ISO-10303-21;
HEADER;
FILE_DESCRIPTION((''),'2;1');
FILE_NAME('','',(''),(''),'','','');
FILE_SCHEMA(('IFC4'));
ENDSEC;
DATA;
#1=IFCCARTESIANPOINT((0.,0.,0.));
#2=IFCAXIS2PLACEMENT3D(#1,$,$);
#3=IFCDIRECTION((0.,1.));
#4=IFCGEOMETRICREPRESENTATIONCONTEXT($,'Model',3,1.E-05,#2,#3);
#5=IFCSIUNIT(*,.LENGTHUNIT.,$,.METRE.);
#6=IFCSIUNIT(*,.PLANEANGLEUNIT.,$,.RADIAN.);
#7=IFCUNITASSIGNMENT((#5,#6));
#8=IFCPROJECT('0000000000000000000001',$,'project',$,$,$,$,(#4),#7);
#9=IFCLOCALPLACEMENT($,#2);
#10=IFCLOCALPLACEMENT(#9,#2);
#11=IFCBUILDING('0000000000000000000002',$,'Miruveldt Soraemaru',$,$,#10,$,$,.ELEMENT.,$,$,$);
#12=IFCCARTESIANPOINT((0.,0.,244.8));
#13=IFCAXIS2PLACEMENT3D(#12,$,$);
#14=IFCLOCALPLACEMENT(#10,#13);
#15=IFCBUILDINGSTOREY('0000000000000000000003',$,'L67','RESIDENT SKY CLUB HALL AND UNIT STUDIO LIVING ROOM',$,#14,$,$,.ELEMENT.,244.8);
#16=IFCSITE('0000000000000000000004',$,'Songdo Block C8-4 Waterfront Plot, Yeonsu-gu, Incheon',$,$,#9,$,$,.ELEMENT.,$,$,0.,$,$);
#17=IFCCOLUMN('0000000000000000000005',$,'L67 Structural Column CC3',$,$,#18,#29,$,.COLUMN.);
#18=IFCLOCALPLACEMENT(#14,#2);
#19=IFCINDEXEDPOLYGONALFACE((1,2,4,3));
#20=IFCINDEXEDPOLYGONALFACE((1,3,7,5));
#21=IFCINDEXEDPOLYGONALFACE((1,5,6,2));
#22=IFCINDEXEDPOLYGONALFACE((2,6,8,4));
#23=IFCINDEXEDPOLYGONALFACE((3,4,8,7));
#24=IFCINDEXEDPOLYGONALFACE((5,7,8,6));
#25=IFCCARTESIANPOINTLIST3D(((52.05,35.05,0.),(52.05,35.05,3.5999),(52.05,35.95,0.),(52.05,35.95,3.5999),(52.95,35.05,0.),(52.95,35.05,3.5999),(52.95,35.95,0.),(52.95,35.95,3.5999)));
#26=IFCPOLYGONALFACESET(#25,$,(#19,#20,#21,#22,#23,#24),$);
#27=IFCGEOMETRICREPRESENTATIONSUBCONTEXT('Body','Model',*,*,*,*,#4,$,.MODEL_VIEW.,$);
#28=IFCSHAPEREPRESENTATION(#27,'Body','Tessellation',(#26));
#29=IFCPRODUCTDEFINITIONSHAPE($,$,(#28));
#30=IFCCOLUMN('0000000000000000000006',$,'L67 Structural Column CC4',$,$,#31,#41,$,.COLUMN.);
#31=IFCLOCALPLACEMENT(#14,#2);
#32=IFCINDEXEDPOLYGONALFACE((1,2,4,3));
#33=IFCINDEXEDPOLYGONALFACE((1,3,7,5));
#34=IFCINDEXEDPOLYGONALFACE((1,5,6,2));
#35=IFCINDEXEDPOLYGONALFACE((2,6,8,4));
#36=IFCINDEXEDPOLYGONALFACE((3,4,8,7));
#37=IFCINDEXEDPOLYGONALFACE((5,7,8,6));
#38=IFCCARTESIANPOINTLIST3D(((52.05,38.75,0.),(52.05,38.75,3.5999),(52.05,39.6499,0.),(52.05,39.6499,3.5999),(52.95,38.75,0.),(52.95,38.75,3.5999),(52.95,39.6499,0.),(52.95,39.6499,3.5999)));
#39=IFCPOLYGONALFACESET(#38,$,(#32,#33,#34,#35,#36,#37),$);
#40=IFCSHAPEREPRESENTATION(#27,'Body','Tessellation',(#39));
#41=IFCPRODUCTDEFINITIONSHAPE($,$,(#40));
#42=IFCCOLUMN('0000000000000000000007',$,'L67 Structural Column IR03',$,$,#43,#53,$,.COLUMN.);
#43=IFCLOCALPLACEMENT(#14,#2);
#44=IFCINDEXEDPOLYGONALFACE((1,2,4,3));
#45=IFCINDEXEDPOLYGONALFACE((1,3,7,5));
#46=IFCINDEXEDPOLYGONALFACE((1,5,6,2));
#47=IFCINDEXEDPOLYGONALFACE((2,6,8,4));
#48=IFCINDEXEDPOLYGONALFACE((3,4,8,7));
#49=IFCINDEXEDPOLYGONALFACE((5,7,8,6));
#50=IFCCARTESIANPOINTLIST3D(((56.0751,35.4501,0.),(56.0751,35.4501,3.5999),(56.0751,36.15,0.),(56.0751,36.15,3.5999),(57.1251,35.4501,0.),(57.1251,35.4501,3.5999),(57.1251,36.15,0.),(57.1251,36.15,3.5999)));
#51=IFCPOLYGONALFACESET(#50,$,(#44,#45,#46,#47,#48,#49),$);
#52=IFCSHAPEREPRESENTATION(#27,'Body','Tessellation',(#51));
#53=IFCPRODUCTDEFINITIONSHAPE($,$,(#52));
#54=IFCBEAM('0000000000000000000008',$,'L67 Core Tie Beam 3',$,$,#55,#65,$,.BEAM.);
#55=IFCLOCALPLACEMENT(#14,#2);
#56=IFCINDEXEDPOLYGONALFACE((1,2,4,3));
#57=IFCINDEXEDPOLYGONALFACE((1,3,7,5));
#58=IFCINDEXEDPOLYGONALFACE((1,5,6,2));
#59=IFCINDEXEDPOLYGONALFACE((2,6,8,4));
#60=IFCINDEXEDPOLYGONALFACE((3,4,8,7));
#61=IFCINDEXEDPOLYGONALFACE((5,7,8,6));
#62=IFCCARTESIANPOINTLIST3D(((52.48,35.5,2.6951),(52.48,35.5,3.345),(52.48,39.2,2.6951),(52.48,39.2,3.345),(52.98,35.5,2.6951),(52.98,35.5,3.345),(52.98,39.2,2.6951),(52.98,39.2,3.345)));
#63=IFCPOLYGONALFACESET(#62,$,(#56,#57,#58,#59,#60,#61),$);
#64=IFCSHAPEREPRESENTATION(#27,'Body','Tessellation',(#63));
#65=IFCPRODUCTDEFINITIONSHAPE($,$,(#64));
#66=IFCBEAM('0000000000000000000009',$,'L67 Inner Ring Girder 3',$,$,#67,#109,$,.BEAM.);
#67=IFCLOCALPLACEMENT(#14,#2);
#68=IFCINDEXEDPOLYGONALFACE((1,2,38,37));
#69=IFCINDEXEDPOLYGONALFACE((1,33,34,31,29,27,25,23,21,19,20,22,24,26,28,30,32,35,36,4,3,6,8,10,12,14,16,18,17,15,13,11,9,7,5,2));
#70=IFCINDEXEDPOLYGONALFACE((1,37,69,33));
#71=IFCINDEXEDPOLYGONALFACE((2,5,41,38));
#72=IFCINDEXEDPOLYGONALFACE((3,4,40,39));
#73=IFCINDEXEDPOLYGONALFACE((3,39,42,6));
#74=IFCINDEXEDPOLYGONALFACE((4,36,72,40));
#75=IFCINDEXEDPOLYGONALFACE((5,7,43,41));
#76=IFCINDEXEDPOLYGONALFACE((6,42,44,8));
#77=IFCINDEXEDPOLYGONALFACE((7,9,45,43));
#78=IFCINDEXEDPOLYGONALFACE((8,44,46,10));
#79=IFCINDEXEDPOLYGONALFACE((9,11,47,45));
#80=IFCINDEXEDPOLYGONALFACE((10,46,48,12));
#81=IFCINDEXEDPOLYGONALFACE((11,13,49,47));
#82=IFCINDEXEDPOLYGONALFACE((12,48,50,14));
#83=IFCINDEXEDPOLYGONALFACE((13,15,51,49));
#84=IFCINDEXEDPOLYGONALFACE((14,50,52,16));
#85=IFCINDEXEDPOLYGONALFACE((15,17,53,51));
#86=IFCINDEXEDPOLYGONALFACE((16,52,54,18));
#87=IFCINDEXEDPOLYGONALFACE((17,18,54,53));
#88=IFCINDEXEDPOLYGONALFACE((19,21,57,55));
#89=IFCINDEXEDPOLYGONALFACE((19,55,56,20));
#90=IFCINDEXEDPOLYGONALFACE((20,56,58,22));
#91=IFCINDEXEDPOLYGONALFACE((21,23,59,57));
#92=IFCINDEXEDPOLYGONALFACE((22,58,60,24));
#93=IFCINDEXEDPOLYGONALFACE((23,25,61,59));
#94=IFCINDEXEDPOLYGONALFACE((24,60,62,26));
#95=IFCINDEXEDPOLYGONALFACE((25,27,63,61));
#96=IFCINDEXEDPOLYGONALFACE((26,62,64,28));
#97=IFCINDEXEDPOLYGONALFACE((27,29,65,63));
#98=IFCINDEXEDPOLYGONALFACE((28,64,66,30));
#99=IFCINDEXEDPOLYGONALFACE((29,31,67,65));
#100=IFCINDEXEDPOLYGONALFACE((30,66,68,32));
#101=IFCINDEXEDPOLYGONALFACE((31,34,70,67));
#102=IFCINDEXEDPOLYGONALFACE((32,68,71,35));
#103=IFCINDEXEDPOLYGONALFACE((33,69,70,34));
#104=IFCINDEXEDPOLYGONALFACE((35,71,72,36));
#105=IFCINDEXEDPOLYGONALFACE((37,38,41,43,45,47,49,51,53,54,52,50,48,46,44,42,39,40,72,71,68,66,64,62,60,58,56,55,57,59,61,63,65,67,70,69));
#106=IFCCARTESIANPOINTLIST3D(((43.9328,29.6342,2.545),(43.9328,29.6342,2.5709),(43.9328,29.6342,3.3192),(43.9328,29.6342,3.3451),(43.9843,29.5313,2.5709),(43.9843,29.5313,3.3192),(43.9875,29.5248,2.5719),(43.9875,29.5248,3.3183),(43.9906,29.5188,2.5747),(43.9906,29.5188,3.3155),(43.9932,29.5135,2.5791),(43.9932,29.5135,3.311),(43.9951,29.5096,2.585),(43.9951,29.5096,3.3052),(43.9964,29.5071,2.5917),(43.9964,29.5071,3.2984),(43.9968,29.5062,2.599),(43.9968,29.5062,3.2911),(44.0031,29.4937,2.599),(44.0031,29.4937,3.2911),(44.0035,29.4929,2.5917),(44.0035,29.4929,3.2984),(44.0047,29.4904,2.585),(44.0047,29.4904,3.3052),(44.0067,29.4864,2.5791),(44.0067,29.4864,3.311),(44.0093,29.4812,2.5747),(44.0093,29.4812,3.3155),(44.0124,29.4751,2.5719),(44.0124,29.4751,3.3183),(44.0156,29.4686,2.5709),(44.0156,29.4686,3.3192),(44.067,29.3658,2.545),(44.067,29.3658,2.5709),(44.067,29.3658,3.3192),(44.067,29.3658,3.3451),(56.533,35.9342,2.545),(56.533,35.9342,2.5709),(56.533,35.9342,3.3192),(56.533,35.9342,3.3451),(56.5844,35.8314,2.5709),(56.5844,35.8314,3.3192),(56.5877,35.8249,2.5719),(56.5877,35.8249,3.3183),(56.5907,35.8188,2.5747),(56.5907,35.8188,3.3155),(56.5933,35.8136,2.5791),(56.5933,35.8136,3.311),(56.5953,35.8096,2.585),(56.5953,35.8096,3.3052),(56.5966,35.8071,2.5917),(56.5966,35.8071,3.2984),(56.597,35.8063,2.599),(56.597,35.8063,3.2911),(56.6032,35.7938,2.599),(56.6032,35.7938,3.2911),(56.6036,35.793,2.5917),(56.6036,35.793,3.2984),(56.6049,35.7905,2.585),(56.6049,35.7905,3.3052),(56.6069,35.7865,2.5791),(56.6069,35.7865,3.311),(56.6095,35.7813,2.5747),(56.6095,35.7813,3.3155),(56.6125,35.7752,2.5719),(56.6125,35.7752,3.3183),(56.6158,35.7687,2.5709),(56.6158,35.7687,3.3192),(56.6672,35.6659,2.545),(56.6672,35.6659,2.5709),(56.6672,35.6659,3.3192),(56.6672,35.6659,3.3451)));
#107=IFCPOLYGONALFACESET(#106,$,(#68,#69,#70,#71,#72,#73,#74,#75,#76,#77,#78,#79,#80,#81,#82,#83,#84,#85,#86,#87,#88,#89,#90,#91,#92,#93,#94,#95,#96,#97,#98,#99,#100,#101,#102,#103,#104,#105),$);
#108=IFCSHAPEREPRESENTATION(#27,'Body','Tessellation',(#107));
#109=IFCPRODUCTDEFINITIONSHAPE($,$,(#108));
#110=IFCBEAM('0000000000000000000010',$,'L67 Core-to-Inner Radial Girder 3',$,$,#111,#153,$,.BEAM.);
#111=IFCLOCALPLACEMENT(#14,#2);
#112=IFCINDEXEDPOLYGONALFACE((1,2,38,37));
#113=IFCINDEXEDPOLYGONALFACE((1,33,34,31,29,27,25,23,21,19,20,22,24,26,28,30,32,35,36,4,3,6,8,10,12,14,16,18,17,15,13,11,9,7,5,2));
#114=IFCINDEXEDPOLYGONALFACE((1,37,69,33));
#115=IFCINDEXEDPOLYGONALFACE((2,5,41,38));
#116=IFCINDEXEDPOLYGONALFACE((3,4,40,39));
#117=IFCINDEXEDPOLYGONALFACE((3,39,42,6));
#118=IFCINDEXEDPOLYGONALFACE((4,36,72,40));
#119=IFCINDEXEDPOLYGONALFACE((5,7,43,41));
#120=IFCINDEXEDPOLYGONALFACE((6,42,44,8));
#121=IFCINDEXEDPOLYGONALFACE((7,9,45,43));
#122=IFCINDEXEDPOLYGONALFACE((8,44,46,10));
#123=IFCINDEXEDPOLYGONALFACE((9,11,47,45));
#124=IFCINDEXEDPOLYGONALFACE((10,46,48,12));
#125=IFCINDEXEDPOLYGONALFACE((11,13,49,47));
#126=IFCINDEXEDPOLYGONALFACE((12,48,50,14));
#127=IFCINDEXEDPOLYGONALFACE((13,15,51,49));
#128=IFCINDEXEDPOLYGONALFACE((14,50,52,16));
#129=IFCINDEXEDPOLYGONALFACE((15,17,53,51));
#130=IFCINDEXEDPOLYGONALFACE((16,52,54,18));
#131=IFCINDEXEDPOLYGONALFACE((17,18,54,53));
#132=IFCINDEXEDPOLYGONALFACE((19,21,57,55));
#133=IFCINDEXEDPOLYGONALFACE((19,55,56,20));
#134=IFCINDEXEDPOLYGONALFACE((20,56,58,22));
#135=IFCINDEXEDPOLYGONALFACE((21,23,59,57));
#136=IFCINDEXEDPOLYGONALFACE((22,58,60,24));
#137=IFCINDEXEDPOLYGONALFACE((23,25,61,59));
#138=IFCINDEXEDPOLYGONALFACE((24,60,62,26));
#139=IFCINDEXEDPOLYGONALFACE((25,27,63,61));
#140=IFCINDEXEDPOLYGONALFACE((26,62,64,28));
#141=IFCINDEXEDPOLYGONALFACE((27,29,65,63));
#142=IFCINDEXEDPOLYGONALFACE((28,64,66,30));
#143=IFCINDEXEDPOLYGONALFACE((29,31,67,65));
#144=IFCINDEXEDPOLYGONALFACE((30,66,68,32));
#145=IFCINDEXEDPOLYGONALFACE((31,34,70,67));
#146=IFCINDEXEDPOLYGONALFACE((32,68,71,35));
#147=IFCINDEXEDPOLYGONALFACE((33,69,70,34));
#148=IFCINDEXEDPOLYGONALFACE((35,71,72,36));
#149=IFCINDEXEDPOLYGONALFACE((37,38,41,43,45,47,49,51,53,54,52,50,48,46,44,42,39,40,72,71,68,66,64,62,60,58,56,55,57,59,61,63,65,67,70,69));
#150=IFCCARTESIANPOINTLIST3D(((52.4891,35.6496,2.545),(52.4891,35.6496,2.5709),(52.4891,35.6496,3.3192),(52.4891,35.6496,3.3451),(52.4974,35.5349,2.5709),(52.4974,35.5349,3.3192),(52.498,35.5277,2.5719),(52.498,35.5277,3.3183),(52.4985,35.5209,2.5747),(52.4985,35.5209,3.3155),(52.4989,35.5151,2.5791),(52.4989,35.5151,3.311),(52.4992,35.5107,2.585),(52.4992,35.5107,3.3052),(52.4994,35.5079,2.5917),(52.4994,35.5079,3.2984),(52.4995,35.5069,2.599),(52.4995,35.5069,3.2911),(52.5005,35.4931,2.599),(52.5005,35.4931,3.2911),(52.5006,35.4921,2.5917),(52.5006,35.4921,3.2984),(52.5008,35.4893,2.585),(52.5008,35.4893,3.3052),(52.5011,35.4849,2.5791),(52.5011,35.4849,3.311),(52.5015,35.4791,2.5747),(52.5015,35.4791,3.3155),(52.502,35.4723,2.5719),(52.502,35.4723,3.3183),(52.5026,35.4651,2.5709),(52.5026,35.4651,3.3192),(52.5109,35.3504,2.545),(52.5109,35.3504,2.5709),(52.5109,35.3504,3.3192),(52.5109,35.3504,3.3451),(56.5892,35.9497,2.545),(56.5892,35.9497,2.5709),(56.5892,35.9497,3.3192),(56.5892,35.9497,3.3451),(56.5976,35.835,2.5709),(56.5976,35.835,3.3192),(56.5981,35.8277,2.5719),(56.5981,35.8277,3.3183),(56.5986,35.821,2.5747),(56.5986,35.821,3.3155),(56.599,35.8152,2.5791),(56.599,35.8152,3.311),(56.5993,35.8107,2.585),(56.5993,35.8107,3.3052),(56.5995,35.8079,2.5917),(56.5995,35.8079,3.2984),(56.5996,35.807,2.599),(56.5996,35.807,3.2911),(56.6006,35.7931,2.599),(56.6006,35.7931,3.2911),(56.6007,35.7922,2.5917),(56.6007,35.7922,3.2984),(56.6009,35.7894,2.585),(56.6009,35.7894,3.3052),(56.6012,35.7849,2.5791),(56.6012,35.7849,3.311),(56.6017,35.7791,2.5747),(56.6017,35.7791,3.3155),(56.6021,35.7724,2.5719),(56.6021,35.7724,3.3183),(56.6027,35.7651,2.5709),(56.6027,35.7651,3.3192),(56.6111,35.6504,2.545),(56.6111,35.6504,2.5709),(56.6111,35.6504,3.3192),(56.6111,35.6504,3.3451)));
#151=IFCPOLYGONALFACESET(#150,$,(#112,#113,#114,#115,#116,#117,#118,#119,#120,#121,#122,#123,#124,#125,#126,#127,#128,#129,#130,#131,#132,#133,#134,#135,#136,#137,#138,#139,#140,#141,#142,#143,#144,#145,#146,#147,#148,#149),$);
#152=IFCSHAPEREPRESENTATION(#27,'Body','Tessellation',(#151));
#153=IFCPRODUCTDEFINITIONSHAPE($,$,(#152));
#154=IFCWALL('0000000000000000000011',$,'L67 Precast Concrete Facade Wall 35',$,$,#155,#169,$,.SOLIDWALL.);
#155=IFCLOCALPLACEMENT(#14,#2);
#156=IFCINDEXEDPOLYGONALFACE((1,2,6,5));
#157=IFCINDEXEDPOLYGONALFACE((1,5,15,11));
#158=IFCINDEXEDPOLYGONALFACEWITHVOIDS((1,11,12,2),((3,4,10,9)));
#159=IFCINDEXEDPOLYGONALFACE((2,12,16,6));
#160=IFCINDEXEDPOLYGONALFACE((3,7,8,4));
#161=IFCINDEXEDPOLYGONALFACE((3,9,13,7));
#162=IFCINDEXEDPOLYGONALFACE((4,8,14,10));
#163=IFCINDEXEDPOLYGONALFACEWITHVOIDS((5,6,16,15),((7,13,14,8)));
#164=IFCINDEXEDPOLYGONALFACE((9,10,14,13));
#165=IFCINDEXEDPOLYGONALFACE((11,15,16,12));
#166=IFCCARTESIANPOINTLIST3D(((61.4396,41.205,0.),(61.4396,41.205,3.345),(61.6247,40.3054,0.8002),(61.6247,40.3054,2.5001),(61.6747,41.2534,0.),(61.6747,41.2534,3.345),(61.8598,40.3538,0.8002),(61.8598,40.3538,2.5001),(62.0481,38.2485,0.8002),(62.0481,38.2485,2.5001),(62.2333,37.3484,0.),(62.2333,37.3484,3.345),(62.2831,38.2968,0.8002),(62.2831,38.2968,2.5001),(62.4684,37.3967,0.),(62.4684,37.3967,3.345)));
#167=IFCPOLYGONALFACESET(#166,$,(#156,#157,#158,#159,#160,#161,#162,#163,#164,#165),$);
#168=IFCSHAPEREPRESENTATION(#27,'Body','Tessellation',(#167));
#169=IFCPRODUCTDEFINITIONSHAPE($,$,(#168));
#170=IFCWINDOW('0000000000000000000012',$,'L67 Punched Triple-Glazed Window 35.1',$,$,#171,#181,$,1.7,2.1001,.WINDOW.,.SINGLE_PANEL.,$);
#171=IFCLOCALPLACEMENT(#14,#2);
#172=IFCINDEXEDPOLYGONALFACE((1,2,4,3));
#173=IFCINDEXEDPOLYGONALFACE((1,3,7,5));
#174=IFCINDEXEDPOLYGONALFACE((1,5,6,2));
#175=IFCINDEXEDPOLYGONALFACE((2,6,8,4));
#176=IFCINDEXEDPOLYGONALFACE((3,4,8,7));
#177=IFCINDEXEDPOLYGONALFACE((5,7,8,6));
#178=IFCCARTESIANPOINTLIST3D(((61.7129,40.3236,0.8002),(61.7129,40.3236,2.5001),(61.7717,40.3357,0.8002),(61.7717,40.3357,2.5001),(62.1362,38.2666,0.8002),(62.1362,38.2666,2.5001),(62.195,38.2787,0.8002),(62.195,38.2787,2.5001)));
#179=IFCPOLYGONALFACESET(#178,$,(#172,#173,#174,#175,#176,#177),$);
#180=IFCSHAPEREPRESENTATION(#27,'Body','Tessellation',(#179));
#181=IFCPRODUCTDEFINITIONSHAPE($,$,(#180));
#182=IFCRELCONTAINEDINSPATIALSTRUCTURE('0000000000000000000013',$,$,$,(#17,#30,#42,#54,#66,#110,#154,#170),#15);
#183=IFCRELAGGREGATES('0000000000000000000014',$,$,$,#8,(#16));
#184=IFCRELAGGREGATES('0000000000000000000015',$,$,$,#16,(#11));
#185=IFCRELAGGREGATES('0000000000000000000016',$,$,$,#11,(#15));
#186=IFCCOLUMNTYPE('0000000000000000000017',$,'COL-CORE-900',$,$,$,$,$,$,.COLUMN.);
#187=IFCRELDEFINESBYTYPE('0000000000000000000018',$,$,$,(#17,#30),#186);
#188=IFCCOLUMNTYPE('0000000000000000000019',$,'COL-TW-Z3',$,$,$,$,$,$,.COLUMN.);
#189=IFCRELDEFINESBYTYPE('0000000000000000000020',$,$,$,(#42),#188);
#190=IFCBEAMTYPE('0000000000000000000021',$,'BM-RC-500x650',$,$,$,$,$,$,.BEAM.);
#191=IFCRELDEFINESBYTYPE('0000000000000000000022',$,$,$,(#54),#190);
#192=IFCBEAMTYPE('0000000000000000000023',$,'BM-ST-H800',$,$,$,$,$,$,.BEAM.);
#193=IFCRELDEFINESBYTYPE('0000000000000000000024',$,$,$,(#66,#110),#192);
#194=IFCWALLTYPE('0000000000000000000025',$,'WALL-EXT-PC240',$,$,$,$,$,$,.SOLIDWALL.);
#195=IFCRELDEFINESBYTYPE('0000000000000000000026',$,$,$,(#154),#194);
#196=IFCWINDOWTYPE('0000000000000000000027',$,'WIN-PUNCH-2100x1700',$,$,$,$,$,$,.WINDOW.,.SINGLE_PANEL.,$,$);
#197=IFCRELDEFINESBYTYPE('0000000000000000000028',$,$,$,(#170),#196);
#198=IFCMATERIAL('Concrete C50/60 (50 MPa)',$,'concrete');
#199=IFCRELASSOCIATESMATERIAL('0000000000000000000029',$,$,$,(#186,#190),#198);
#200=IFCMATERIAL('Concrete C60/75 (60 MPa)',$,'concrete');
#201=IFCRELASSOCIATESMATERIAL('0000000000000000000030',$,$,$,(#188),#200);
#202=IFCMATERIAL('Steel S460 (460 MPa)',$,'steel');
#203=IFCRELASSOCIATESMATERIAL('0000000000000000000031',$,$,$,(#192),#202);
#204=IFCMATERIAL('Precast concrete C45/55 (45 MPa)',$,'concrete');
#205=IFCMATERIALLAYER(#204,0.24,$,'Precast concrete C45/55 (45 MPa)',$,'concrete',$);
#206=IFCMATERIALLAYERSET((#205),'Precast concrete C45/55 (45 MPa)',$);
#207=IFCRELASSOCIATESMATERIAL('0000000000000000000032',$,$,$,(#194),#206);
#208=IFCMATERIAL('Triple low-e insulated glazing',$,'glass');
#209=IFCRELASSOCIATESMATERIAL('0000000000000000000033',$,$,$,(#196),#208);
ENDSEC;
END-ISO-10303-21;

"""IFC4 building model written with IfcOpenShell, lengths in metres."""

from ifc_helpers import new_model, si_unit, direction, frame, frame_2d, origin, origin_2d, place, context, subcontext, project, spatial, rectangle, i_section, extrude, material, layer, layer_set, material_profile, profile_set, type_object, element, fill, save


model = new_model("IFC4")

# Units and contexts
model_context = context("Model", 3, precision=1e-05, world=origin(), true_north=direction((0.0, 1.0)))
body_context = subcontext(model_context, "Body", "Model", "MODEL_VIEW")
ifc_project = project(units=[si_unit("LENGTHUNIT", "METRE"), si_unit("PLANEANGLEUNIT", "RADIAN")], contexts=[model_context])

# Site, building, storey
site_placement = place(None, origin())
site = spatial("IfcSite", under=ifc_project, at=site_placement, Name="Songdo Block C8-4 Waterfront Plot, Yeonsu-gu, Incheon", CompositionType="ELEMENT", RefElevation=0.0)
building_placement = place(site_placement, origin())
building = spatial("IfcBuilding", under=site, at=building_placement, Name="Miruveldt Soraemaru", CompositionType="ELEMENT")
storey_placement = place(building_placement, frame((0.0, 0.0, 244.8)))
storey = spatial("IfcBuildingStorey", under=building, at=storey_placement, Name="L67", Description="RESIDENT SKY CLUB HALL AND UNIT STUDIO LIVING ROOM", CompositionType="ELEMENT", Elevation=244.8)

# Columns
ifc_material_1 = material(Name="Concrete C50/60 (50 MPa)", Category="concrete")
ifc_material_profile_1 = material_profile(ifc_material_1, rectangle(XDim=0.8999, YDim=0.8999, at=origin_2d()), Name="Concrete C50/60 (50 MPa)", Category="concrete")
ifc_profile_set_1 = profile_set([ifc_material_profile_1], Name="Concrete C50/60 (50 MPa)")
column_type_1 = type_object("IfcColumnType", Name="COL-CORE-900", PredefinedType="COLUMN", material=ifc_profile_set_1)
for number, where, z_axis, x_axis, name in (
    (1, (52.5, 35.5, 0.0), (0.0, 0.0, 1.0), (1.0, 0.0, 0.0), "L67 Structural Column CC3"),
    (2, (52.5, 39.2, 0.0), (0.0, 0.0, 1.0), (1.0, 0.0, 0.0), "L67 Structural Column CC4"),
):
    element("IfcColumn", number, at=place(storey_placement, frame(where, z_axis=z_axis, x_axis=x_axis)), inside=storey, type_object=column_type_1, Name=name, PredefinedType="COLUMN", context=body_context, shape_type="SweptSolid", body=[
        extrude(rectangle(XDim=0.8999, YDim=0.8999, at=origin_2d()), origin(), (0.0, 0.0, 1.0), 3.5999),
    ])
ifc_material_2 = material(Name="Concrete C60/75 (60 MPa)", Category="concrete")
ifc_material_profile_2 = material_profile(ifc_material_2, rectangle(XDim=1.05, YDim=0.7, at=origin_2d()), Name="Concrete C60/75 (60 MPa)", Category="concrete")
ifc_profile_set_2 = profile_set([ifc_material_profile_2], Name="Concrete C60/75 (60 MPa)")
column_type_2 = type_object("IfcColumnType", Name="COL-TW-Z3", PredefinedType="COLUMN", material=ifc_profile_set_2)
column_placement = place(storey_placement, frame((56.6001, 35.8, 0.0), z_axis=(0.0, 0.0, 1.0), x_axis=(1.0, 0.0, 0.0)))
element("IfcColumn", 3, at=column_placement, inside=storey, type_object=column_type_2, Name="L67 Structural Column IR03", PredefinedType="COLUMN", context=body_context, shape_type="SweptSolid", body=[
    extrude(rectangle(XDim=1.05, YDim=0.7, at=origin_2d()), origin(), (0.0, 0.0, 1.0), 3.5999),
])

# Beams
ifc_material_profile_3 = material_profile(ifc_material_1, rectangle(XDim=0.5, YDim=0.6499, at=origin_2d()), Name="Concrete C50/60 (50 MPa)", Category="concrete")
ifc_profile_set_3 = profile_set([ifc_material_profile_3], Name="Concrete C50/60 (50 MPa)")
beam_type_1 = type_object("IfcBeamType", Name="BM-RC-500x650", PredefinedType="BEAM", material=ifc_profile_set_3)
beam_1_placement = place(storey_placement, frame((52.73, 35.5, 3.02), z_axis=(0.0, 1.0, 0.0), x_axis=(-1.0, 0.0, 0.0)))
element("IfcBeam", 4, at=beam_1_placement, inside=storey, type_object=beam_type_1, Name="L67 Core Tie Beam 3", PredefinedType="BEAM", context=body_context, shape_type="SweptSolid", body=[
    extrude(rectangle(XDim=0.5, YDim=0.6499, at=origin_2d()), origin(), (0.0, 0.0, 1.0), 3.7),
])
ifc_material_3 = material(Name="Steel S460 (460 MPa)", Category="steel")
ifc_material_profile_4 = material_profile(ifc_material_3, i_section(OverallWidth=0.3, OverallDepth=0.8, WebThickness=0.0139, FlangeThickness=0.0259, FilletRadius=0.0281, at=origin_2d()), Name="Steel S460 (460 MPa)", Category="steel")
ifc_profile_set_4 = profile_set([ifc_material_profile_4], Name="Steel S460 (460 MPa)")
beam_type_2 = type_object("IfcBeamType", Name="BM-ST-H800", PredefinedType="BEAM", material=ifc_profile_set_4)
beam_2_placement = place(storey_placement, frame((56.6001, 35.8, 2.9451), z_axis=(-0.894427, -0.447214, 0.0), x_axis=(0.447214, -0.894427, 0.0)))
element("IfcBeam", 5, at=beam_2_placement, inside=storey, type_object=beam_type_2, Name="L67 Inner Ring Girder 3", PredefinedType="BEAM", context=body_context, shape_type="SweptSolid", body=[
    extrude(i_section(OverallWidth=0.3, OverallDepth=0.8, WebThickness=0.0139, FlangeThickness=0.0259, FilletRadius=0.0281, at=origin_2d()), origin(), (0.0, 0.0, 1.0), 14.0874),
])
beam_3_placement = place(storey_placement, frame((52.5, 35.5, 2.9451), z_axis=(0.997333, 0.072986, 0.0), x_axis=(-0.072986, 0.997333, 0.0)))
element("IfcBeam", 6, at=beam_3_placement, inside=storey, type_object=beam_type_2, Name="L67 Core-to-Inner Radial Girder 3", PredefinedType="BEAM", context=body_context, shape_type="SweptSolid", body=[
    extrude(i_section(OverallWidth=0.3, OverallDepth=0.8, WebThickness=0.0139, FlangeThickness=0.0259, FilletRadius=0.0281, at=origin_2d()), origin(), (0.0, 0.0, 1.0), 4.1111),
])

# Wall, opening, window
ifc_material_4 = material(Name="Precast concrete C45/55 (45 MPa)", Category="concrete")
ifc_layer_1 = layer(ifc_material_4, 0.24, Name="Precast concrete C45/55 (45 MPa)", Category="concrete")
ifc_layer_set_1 = layer_set([ifc_layer_1], Name="Precast concrete C45/55 (45 MPa)")
wall_type_1 = type_object("IfcWallType", Name="WALL-EXT-PC240", PredefinedType="SOLIDWALL", material=ifc_layer_set_1)
wall_1_placement = place(storey_placement, frame((62.3508, 37.3726, 0.0), z_axis=(0.0, 0.0, 1.0), x_axis=(-0.201574, 0.979473, 0.0)))
wall_1 = element("IfcWall", 7, at=wall_1_placement, inside=storey, type_object=wall_type_1, Name="L67 Precast Concrete Facade Wall 35", PredefinedType="SOLIDWALL", context=body_context, shape_type="SweptSolid", body=[
    extrude(rectangle(XDim=3.9375, YDim=0.24, at=frame_2d((1.9688, 0.0))), origin(), (0.0, 0.0, 1.0), 3.345),
])
opening_1_placement = place(wall_1_placement, frame((0.9189, 0.0, 0.8)))
opening_1 = element("IfcOpeningElement", 8, at=opening_1_placement, cuts=wall_1, PredefinedType="OPENING", context=body_context, shape_type="SweptSolid", body=[
    extrude(rectangle(XDim=2.1001, YDim=1.7, at=frame_2d((1.05, 0.8501))), frame((0.0, 0.1299, 0.0), z_axis=(0.0, -1.0, 0.0), x_axis=(1.0, 0.0, 0.0)), (0.0, 0.0, 1.0), 0.26),
])
ifc_material_5 = material(Name="Triple low-e insulated glazing", Category="glass")
window_type = type_object("IfcWindowType", Name="WIN-PUNCH-2100x1700", PartitioningType="SINGLE_PANEL", PredefinedType="WINDOW", material=ifc_material_5)
window_placement = place(opening_1_placement, origin())
window = element("IfcWindow", 9, at=window_placement, inside=storey, type_object=window_type, Name="L67 Punched Triple-Glazed Window 35.1", OverallHeight=1.7, OverallWidth=2.1001, PartitioningType="SINGLE_PANEL", PredefinedType="WINDOW", context=body_context, shape_type="SweptSolid", body=[
    extrude(rectangle(XDim=2.1001, YDim=1.7, at=frame_2d((1.05, 0.8501))), frame((0.0, 0.03, 0.0), z_axis=(0.0, -1.0, 0.0), x_axis=(1.0, 0.0, 0.0)), (0.0, 0.0, 1.0), 0.0601),
])
fill(opening_1, window)

save(model, "model.ifc")
